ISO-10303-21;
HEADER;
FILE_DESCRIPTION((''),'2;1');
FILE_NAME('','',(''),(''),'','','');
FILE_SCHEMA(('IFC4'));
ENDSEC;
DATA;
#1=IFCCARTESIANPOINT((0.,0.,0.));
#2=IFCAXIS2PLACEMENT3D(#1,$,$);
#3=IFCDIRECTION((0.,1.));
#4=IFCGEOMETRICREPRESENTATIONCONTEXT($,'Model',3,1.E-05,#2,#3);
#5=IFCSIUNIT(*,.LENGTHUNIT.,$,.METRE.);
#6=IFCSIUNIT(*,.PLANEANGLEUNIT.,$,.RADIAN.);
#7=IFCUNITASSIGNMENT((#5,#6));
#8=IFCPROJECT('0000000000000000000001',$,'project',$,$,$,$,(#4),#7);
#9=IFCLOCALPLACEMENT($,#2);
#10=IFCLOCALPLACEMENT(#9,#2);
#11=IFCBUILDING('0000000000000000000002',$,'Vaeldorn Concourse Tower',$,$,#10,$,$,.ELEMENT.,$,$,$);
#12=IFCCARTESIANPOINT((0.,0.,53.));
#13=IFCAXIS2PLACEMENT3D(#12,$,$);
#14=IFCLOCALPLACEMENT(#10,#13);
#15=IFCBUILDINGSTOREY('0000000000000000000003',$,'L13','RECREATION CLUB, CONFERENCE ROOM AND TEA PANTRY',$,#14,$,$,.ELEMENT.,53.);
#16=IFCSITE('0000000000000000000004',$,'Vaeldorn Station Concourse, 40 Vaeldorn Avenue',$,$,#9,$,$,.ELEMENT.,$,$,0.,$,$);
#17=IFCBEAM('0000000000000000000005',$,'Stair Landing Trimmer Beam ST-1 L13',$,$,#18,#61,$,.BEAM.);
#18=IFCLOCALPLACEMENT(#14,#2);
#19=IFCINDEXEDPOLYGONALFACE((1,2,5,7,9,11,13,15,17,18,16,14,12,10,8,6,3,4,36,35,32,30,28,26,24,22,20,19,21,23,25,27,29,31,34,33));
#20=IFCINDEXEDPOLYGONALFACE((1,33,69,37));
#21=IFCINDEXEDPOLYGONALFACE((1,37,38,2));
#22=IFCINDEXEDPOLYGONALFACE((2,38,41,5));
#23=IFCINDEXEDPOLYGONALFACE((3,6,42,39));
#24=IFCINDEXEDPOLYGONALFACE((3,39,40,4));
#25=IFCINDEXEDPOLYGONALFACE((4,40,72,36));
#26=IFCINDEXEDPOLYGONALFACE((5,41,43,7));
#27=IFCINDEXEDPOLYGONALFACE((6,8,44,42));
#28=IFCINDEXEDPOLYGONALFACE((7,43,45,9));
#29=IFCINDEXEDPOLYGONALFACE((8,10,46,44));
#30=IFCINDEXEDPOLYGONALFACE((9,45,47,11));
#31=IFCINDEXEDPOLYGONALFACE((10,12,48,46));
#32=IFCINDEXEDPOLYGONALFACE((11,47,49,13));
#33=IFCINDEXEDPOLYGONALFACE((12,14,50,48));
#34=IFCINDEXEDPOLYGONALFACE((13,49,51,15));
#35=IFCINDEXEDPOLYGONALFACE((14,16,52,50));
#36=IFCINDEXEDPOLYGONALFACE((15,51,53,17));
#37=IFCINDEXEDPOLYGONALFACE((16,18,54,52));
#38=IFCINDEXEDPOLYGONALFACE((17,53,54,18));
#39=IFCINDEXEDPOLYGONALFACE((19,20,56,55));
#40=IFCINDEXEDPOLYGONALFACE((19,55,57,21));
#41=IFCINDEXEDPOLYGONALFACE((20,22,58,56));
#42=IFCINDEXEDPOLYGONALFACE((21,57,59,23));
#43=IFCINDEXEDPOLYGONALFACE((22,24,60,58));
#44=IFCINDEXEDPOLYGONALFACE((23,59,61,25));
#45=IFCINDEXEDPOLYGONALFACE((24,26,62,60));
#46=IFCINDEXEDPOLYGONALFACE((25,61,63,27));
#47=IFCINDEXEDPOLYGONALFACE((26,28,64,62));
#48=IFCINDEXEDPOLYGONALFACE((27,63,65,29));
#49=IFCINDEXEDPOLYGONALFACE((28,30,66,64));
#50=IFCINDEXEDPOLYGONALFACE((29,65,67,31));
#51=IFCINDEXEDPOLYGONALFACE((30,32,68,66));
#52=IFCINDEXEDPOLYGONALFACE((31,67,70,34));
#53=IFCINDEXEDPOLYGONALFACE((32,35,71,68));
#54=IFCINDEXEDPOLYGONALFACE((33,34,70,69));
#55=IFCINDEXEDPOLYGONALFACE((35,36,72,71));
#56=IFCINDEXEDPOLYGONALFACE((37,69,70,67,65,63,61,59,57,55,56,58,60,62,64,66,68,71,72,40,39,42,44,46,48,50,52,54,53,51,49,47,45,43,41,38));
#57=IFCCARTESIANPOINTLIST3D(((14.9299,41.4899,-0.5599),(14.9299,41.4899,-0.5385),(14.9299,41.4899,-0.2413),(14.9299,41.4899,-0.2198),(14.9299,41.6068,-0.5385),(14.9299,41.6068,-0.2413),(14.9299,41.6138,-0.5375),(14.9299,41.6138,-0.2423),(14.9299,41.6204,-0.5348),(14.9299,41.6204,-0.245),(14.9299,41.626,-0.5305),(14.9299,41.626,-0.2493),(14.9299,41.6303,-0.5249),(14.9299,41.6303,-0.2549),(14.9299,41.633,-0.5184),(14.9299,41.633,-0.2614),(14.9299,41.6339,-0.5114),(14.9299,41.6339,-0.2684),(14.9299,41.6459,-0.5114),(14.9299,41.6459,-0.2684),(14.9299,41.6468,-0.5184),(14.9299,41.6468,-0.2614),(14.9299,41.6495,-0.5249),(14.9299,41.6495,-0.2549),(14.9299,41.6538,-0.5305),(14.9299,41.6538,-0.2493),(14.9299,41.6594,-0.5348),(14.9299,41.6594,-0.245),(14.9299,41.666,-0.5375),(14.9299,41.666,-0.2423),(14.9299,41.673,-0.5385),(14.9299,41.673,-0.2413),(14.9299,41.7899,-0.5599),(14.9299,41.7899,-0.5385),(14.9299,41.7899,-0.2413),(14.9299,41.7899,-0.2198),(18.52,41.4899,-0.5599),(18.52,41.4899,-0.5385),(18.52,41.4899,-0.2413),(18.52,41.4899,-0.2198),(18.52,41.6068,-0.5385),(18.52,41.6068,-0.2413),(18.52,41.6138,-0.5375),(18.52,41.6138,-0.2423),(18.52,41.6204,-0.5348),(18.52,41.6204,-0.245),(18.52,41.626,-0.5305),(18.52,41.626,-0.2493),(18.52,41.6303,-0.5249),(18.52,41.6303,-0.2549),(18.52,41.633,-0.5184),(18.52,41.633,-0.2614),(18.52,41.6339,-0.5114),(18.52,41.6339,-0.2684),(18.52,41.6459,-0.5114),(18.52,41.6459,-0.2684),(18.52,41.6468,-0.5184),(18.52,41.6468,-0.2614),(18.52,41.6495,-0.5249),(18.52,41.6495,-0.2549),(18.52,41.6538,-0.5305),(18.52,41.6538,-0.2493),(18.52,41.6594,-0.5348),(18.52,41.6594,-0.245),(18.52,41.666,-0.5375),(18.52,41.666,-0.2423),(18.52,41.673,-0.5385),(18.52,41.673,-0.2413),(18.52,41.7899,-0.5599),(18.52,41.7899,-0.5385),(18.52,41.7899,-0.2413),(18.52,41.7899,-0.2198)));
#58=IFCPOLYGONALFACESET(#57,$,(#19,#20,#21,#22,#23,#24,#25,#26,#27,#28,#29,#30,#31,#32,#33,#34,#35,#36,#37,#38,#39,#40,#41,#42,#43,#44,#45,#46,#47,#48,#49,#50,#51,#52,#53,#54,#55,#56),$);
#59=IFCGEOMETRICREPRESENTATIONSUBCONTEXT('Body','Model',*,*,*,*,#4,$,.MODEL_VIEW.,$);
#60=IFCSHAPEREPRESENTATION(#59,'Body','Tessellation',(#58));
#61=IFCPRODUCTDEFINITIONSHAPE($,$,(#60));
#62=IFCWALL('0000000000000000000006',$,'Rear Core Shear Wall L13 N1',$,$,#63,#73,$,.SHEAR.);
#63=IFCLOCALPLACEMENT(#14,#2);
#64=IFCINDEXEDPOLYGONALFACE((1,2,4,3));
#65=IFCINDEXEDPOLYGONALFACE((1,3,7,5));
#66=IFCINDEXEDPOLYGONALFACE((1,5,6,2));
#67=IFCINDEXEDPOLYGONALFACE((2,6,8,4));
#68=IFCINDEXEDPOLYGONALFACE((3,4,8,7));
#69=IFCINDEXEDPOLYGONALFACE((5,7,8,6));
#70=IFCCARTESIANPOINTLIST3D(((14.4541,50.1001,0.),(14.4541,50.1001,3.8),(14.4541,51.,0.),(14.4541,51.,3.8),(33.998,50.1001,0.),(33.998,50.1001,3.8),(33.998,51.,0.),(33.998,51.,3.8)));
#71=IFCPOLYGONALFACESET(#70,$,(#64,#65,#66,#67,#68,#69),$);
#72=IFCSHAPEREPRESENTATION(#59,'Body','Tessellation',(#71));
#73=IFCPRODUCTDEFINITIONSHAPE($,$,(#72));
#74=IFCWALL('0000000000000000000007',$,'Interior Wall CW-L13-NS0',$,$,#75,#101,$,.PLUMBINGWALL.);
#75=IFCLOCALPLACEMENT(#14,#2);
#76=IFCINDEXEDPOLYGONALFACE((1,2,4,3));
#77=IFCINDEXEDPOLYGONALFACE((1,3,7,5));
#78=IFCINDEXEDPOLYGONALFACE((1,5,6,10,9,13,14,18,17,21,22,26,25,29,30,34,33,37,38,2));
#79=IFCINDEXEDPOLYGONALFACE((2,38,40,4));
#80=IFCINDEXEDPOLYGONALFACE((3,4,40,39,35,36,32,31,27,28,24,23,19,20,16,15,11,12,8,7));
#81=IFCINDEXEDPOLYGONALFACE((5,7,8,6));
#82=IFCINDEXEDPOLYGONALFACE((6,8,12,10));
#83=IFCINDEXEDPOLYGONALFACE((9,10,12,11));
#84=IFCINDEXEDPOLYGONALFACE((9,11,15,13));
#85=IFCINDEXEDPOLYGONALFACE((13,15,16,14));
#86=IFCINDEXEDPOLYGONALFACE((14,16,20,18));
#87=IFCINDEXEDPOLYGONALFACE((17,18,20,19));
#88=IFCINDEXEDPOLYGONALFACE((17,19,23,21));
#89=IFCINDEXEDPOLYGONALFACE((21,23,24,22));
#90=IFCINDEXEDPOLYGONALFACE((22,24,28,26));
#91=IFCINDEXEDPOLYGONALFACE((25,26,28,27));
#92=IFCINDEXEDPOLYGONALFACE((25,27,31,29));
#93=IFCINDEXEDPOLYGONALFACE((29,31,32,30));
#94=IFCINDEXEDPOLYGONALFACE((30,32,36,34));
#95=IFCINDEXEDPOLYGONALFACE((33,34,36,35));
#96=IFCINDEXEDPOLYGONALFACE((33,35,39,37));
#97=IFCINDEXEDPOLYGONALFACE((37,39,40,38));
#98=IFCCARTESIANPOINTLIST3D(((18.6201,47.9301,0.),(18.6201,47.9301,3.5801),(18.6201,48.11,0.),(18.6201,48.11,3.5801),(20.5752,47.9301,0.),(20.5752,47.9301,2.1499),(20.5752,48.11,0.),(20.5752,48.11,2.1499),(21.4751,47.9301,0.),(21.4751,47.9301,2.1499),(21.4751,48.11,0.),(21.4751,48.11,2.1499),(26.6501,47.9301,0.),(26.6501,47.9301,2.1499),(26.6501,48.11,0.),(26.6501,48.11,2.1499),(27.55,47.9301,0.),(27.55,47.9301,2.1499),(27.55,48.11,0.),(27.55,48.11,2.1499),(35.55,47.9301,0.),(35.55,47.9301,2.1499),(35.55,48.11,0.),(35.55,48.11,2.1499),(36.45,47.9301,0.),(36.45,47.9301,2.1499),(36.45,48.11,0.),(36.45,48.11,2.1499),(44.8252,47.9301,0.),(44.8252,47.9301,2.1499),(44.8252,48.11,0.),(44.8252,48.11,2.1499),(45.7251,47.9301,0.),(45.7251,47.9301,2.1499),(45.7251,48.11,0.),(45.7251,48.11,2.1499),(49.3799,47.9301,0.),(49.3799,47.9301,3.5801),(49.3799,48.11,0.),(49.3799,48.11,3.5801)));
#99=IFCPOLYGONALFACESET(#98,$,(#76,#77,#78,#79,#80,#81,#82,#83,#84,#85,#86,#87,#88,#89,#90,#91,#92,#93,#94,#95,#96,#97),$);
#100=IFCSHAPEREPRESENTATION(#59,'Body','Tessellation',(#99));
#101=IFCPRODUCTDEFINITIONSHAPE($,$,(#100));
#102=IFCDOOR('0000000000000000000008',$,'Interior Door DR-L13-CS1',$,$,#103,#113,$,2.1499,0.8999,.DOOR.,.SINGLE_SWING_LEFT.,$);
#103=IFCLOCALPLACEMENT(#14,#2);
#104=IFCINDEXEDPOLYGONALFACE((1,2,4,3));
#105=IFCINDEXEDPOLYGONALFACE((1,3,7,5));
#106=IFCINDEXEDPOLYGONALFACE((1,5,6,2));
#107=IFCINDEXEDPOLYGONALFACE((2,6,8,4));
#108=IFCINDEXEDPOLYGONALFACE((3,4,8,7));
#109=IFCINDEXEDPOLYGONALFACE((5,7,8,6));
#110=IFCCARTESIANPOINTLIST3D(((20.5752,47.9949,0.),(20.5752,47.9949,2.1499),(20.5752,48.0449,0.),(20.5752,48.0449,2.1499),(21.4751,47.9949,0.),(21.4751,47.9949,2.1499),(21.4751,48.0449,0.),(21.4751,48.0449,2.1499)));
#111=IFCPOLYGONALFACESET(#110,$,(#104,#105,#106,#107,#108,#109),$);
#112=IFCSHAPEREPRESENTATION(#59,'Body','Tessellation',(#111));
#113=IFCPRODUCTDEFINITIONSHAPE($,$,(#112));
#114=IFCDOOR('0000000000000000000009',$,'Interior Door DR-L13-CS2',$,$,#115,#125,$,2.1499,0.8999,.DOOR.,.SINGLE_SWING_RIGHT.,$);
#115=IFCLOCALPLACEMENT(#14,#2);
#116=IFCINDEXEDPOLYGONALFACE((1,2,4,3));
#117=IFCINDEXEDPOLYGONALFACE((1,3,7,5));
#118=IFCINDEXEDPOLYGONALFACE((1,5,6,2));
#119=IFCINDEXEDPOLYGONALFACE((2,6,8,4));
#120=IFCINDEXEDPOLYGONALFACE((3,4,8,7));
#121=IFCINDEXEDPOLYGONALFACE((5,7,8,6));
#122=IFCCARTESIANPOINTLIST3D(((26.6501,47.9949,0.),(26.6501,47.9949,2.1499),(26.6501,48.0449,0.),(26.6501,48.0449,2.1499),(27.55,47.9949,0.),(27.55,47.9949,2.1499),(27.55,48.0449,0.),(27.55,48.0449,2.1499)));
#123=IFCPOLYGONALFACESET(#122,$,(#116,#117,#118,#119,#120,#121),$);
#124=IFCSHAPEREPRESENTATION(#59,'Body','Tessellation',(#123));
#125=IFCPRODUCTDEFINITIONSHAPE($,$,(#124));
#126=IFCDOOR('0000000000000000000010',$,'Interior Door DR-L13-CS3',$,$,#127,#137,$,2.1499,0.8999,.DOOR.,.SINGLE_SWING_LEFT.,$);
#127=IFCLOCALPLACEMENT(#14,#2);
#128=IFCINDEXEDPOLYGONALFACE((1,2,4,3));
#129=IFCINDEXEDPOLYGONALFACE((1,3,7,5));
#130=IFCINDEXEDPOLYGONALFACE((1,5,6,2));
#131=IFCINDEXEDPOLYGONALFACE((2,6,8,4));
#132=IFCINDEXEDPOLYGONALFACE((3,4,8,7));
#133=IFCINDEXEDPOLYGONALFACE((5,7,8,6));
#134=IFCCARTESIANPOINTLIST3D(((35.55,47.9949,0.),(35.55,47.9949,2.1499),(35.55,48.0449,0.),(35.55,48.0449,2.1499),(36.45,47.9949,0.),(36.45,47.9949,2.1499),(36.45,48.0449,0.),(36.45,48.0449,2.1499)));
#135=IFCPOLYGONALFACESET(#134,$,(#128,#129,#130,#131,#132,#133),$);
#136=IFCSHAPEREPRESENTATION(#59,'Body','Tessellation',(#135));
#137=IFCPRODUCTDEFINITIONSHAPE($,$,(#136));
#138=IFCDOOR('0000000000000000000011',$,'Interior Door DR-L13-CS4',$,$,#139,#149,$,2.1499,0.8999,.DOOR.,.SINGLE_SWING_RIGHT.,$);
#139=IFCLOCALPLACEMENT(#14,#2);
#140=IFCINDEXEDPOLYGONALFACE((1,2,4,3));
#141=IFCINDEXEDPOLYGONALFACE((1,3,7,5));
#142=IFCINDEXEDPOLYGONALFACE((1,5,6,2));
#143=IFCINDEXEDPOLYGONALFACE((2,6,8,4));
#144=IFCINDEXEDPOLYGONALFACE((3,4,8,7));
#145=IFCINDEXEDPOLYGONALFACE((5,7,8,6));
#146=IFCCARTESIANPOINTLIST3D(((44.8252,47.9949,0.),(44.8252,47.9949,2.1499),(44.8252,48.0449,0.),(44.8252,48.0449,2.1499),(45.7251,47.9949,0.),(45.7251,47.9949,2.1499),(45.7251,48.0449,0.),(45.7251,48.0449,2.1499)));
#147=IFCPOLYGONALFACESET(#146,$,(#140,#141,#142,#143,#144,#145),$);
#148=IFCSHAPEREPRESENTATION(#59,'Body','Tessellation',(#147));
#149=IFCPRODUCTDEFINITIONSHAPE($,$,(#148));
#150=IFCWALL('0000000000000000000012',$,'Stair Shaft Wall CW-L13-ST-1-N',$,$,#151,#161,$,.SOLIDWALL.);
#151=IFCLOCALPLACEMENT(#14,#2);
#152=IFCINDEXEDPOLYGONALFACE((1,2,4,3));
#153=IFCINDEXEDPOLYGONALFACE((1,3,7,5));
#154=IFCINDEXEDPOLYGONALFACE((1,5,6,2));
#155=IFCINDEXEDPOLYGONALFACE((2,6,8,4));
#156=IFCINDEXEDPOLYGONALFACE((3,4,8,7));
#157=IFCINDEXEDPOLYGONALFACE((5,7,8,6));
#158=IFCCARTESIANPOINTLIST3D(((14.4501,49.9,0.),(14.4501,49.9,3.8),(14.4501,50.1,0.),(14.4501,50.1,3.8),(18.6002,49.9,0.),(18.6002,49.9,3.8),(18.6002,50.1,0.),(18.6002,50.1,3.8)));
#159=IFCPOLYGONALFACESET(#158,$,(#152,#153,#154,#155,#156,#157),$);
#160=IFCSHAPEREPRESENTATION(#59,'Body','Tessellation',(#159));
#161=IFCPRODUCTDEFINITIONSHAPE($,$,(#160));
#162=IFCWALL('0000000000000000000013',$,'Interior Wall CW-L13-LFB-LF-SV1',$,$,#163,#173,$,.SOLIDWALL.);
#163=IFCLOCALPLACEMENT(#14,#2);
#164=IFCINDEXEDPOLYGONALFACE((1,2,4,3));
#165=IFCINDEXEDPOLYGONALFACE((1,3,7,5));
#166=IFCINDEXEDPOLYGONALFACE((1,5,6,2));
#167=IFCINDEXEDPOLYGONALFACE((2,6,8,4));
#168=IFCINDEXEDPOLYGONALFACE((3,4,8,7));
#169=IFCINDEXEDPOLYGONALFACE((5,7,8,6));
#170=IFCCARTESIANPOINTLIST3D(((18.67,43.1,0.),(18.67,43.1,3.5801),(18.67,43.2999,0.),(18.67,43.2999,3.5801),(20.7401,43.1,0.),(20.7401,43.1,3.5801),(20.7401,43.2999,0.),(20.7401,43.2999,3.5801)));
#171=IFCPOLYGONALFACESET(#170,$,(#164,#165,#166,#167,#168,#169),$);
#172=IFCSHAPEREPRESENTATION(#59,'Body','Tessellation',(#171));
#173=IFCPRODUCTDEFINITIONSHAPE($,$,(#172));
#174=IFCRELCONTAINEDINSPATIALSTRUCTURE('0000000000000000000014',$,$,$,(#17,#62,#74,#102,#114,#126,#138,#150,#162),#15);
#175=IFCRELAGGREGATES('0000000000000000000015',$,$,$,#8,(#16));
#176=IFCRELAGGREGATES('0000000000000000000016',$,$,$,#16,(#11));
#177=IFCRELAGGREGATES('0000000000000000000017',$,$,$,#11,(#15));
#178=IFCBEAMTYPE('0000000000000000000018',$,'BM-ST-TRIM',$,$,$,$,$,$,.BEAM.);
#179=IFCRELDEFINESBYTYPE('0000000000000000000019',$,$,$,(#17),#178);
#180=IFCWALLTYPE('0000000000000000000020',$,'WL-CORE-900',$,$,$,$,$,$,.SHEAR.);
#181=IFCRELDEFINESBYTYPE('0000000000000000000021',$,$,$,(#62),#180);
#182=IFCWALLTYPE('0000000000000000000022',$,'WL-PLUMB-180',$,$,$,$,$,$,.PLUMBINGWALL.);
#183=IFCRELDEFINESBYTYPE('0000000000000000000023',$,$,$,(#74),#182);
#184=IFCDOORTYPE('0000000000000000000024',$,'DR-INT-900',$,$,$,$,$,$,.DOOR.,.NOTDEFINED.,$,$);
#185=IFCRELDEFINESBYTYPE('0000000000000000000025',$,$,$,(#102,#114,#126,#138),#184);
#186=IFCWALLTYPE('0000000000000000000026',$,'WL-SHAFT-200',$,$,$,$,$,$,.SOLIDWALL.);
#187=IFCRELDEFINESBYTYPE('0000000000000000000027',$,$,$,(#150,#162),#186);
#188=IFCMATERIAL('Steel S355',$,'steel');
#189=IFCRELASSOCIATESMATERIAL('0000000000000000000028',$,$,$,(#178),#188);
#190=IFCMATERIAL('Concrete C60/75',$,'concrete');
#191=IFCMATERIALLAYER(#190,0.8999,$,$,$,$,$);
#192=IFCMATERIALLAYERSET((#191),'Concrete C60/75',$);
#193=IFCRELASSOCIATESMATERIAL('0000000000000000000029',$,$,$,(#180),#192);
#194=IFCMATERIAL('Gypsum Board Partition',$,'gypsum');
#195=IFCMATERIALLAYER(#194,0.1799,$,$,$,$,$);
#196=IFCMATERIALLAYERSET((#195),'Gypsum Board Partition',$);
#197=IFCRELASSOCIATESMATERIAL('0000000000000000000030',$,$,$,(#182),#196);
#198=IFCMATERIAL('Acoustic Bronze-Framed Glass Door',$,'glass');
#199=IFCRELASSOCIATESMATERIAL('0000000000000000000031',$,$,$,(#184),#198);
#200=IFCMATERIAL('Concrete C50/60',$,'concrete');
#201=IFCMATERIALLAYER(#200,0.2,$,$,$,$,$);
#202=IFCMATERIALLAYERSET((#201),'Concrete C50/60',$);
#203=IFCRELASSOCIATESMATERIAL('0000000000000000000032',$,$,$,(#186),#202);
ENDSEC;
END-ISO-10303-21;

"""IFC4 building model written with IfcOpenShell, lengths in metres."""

from ifc_helpers import new_model, si_unit, direction, frame, frame_2d, origin, origin_2d, place, context, subcontext, project, spatial, rectangle, i_section, extrude, source, transform, mapped, material, layer, layer_set, material_profile, profile_set, type_object, element, fill, save


model = new_model("IFC4")

# Units and contexts
model_context = context("Model", 3, precision=1e-05, world=origin(), true_north=direction((0.0, 1.0)))
body_context = subcontext(model_context, "Body", "Model", "MODEL_VIEW")
ifc_project = project(units=[si_unit("LENGTHUNIT", "METRE"), si_unit("PLANEANGLEUNIT", "RADIAN")], contexts=[model_context])

# Site, building, storey
site_placement = place(None, origin())
site = spatial("IfcSite", under=ifc_project, at=site_placement, Name="Vaeldorn Station Concourse, 40 Vaeldorn Avenue", CompositionType="ELEMENT", RefElevation=0.0)
building_placement = place(site_placement, origin())
building = spatial("IfcBuilding", under=site, at=building_placement, Name="Vaeldorn Concourse Tower", CompositionType="ELEMENT")
storey_placement = place(building_placement, frame((0.0, 0.0, 53.0)))
storey = spatial("IfcBuildingStorey", under=building, at=storey_placement, Name="L13", Description="RECREATION CLUB, CONFERENCE ROOM AND TEA PANTRY", CompositionType="ELEMENT", Elevation=53.0)

# Beam
ifc_material_1 = material(Name="Steel S355", Category="steel")
ifc_material_profile = material_profile(ifc_material_1, i_section(OverallWidth=0.3, OverallDepth=0.3401, WebThickness=0.012, FlangeThickness=0.0215, FilletRadius=0.0271, at=origin_2d()), Name="HEB 340")
ifc_profile_set = profile_set([ifc_material_profile], Name="Steel S355")
beam_type = type_object("IfcBeamType", Name="BM-ST-TRIM", PredefinedType="BEAM", material=ifc_profile_set)
shared_shape_1 = source(origin(), body_context, "Body", "SweptSolid", [
    extrude(i_section(OverallWidth=0.3, OverallDepth=0.3401, WebThickness=0.012, FlangeThickness=0.0215, FilletRadius=0.0271, at=origin_2d()), origin(), (0.0, 0.0, 1.0), 3.5901),
])
beam_placement = place(storey_placement, frame((14.9299, 41.6399, -0.3899), z_axis=(1.0, 0.0, 0.0), x_axis=(0.0, 1.0, 0.0)))
element("IfcBeam", 1, at=beam_placement, inside=storey, type_object=beam_type, Name="Stair Landing Trimmer Beam ST-1 L13", PredefinedType="BEAM", context=body_context, shape_type="MappedRepresentation", body=[
    mapped(shared_shape_1, transform((0.0, 0.0, 0.0), scale=1.0)),
])

# Wall
ifc_material_2 = material(Name="Concrete C60/75", Category="concrete")
ifc_layer_1 = layer(ifc_material_2, 0.8999)
ifc_layer_set_1 = layer_set([ifc_layer_1], Name="Concrete C60/75")
wall_type_1 = type_object("IfcWallType", Name="WL-CORE-900", PredefinedType="SHEAR", material=ifc_layer_set_1)
wall_1_placement = place(storey_placement, frame((14.4541, 50.55, 0.0), z_axis=(0.0, 0.0, 1.0), x_axis=(1.0, 0.0, 0.0)))
element("IfcWall", 2, at=wall_1_placement, inside=storey, type_object=wall_type_1, Name="Rear Core Shear Wall L13 N1", PredefinedType="SHEAR", context=body_context, shape_type="SweptSolid", body=[
    extrude(rectangle(XDim=19.5439, YDim=0.8999, at=frame_2d((9.772, 0.0))), origin(), (0.0, 0.0, 1.0), 3.8),
])

# Wall, openings, doors
ifc_material_3 = material(Name="Gypsum Board Partition", Category="gypsum")
ifc_layer_2 = layer(ifc_material_3, 0.1799)
ifc_layer_set_2 = layer_set([ifc_layer_2], Name="Gypsum Board Partition")
wall_type_2 = type_object("IfcWallType", Name="WL-PLUMB-180", PredefinedType="PLUMBINGWALL", material=ifc_layer_set_2)
wall_2_placement = place(storey_placement, frame((18.6201, 48.02, 0.0), z_axis=(0.0, 0.0, 1.0), x_axis=(1.0, 0.0, 0.0)))
wall_2 = element("IfcWall", 3, at=wall_2_placement, inside=storey, type_object=wall_type_2, Name="Interior Wall CW-L13-NS0", PredefinedType="PLUMBINGWALL", context=body_context, shape_type="SweptSolid", body=[
    extrude(rectangle(XDim=30.7598, YDim=0.1799, at=frame_2d((15.3799, 0.0))), origin(), (0.0, 0.0, 1.0), 3.5801),
])
opening_1_placement = place(wall_2_placement, frame((1.9551, 0.0, 0.0)))
opening_1 = element("IfcOpeningElement", 4, at=opening_1_placement, cuts=wall_2, PredefinedType="OPENING", context=body_context, shape_type="SweptSolid", body=[
    extrude(rectangle(XDim=0.8999, YDim=2.1499, at=frame_2d((0.45, 1.075))), frame((0.0, 0.1001, 0.0), z_axis=(0.0, -1.0, 0.0), x_axis=(1.0, 0.0, 0.0)), (0.0, 0.0, 1.0), 0.2),
])
opening_2_placement = place(wall_2_placement, frame((8.03, 0.0, 0.0)))
opening_2 = element("IfcOpeningElement", 5, at=opening_2_placement, cuts=wall_2, PredefinedType="OPENING", context=body_context, shape_type="SweptSolid", body=[
    extrude(rectangle(XDim=0.8999, YDim=2.1499, at=frame_2d((0.45, 1.075))), frame((0.0, 0.1001, 0.0), z_axis=(0.0, -1.0, 0.0), x_axis=(1.0, 0.0, 0.0)), (0.0, 0.0, 1.0), 0.2),
])
opening_3_placement = place(wall_2_placement, frame((16.9299, 0.0, 0.0)))
opening_3 = element("IfcOpeningElement", 6, at=opening_3_placement, cuts=wall_2, PredefinedType="OPENING", context=body_context, shape_type="SweptSolid", body=[
    extrude(rectangle(XDim=0.8999, YDim=2.1499, at=frame_2d((0.45, 1.075))), frame((0.0, 0.1001, 0.0), z_axis=(0.0, -1.0, 0.0), x_axis=(1.0, 0.0, 0.0)), (0.0, 0.0, 1.0), 0.2),
])
opening_4_placement = place(wall_2_placement, frame((26.2051, 0.0, 0.0)))
opening_4 = element("IfcOpeningElement", 7, at=opening_4_placement, cuts=wall_2, PredefinedType="OPENING", context=body_context, shape_type="SweptSolid", body=[
    extrude(rectangle(XDim=0.8999, YDim=2.1499, at=frame_2d((0.45, 1.075))), frame((0.0, 0.1001, 0.0), z_axis=(0.0, -1.0, 0.0), x_axis=(1.0, 0.0, 0.0)), (0.0, 0.0, 1.0), 0.2),
])
ifc_material_4 = material(Name="Acoustic Bronze-Framed Glass Door", Category="glass")
door_type_1 = type_object("IfcDoorType", Name="DR-INT-900", OperationType="NOTDEFINED", PredefinedType="DOOR", material=ifc_material_4)
shared_shape_2 = source(origin(), body_context, "Body", "SweptSolid", [
    extrude(rectangle(XDim=0.8999, YDim=2.1499, at=frame_2d((0.45, 1.075))), frame((0.0, 0.0249, 0.0), z_axis=(0.0, -1.0, 0.0), x_axis=(1.0, 0.0, 0.0)), (0.0, 0.0, 1.0), 0.05),
])
door_1_placement = place(opening_1_placement, origin())
door_1 = element("IfcDoor", 8, at=door_1_placement, inside=storey, type_object=door_type_1, Name="Interior Door DR-L13-CS1", OperationType="SINGLE_SWING_LEFT", OverallHeight=2.1499, OverallWidth=0.8999, PredefinedType="DOOR", context=body_context, shape_type="MappedRepresentation", body=[
    mapped(shared_shape_2, transform((0.0, 0.0, 0.0), scale=1.0)),
])
fill(opening_1, door_1)
door_2_placement = place(opening_2_placement, origin())
door_2 = element("IfcDoor", 9, at=door_2_placement, inside=storey, type_object=door_type_1, Name="Interior Door DR-L13-CS2", OperationType="SINGLE_SWING_RIGHT", OverallHeight=2.1499, OverallWidth=0.8999, PredefinedType="DOOR", context=body_context, shape_type="MappedRepresentation", body=[
    mapped(shared_shape_2, transform((0.0, 0.0, 0.0), scale=1.0)),
])
fill(opening_2, door_2)
door_3_placement = place(opening_3_placement, origin())
door_3 = element("IfcDoor", 10, at=door_3_placement, inside=storey, type_object=door_type_1, Name="Interior Door DR-L13-CS3", OperationType="SINGLE_SWING_LEFT", OverallHeight=2.1499, OverallWidth=0.8999, PredefinedType="DOOR", context=body_context, shape_type="MappedRepresentation", body=[
    mapped(shared_shape_2, transform((0.0, 0.0, 0.0), scale=1.0)),
])
fill(opening_3, door_3)
door_4_placement = place(opening_4_placement, origin())
door_4 = element("IfcDoor", 11, at=door_4_placement, inside=storey, type_object=door_type_1, Name="Interior Door DR-L13-CS4", OperationType="SINGLE_SWING_RIGHT", OverallHeight=2.1499, OverallWidth=0.8999, PredefinedType="DOOR", context=body_context, shape_type="MappedRepresentation", body=[
    mapped(shared_shape_2, transform((0.0, 0.0, 0.0), scale=1.0)),
])
fill(opening_4, door_4)

# Wall
ifc_material_5 = material(Name="Concrete C50/60", Category="concrete")
ifc_layer_3 = layer(ifc_material_5, 0.2)
ifc_layer_set_3 = layer_set([ifc_layer_3], Name="Concrete C50/60")
wall_type_3 = type_object("IfcWallType", Name="WL-SHAFT-200", PredefinedType="SOLIDWALL", material=ifc_layer_set_3)
wall_3_placement = place(storey_placement, frame((14.45, 50.0, 0.0), z_axis=(0.0, 0.0, 1.0), x_axis=(1.0, 0.0, 0.0)))
element("IfcWall", 12, at=wall_3_placement, inside=storey, type_object=wall_type_3, Name="Stair Shaft Wall CW-L13-ST-1-N", PredefinedType="SOLIDWALL", context=body_context, shape_type="SweptSolid", body=[
    extrude(rectangle(XDim=4.1501, YDim=0.2, at=frame_2d((2.0752, 0.0))), origin(), (0.0, 0.0, 1.0), 3.8),
])

# Wall
for number, where, z_axis, x_axis, name in (
    (13, (18.6699, 43.2, 0.0), (0.0, 0.0, 1.0), (1.0, 0.0, 0.0), "Interior Wall CW-L13-LFB-LF-SV1"),
):
    element("IfcWall", number, at=place(storey_placement, frame(where, z_axis=z_axis, x_axis=x_axis)), inside=storey, type_object=wall_type_3, Name=name, PredefinedType="SOLIDWALL", context=body_context, shape_type="SweptSolid", body=[
        extrude(rectangle(XDim=2.0701, YDim=0.2, at=frame_2d((1.0352, 0.0))), origin(), (0.0, 0.0, 1.0), 3.5801),
    ])

save(model, "model.ifc")
